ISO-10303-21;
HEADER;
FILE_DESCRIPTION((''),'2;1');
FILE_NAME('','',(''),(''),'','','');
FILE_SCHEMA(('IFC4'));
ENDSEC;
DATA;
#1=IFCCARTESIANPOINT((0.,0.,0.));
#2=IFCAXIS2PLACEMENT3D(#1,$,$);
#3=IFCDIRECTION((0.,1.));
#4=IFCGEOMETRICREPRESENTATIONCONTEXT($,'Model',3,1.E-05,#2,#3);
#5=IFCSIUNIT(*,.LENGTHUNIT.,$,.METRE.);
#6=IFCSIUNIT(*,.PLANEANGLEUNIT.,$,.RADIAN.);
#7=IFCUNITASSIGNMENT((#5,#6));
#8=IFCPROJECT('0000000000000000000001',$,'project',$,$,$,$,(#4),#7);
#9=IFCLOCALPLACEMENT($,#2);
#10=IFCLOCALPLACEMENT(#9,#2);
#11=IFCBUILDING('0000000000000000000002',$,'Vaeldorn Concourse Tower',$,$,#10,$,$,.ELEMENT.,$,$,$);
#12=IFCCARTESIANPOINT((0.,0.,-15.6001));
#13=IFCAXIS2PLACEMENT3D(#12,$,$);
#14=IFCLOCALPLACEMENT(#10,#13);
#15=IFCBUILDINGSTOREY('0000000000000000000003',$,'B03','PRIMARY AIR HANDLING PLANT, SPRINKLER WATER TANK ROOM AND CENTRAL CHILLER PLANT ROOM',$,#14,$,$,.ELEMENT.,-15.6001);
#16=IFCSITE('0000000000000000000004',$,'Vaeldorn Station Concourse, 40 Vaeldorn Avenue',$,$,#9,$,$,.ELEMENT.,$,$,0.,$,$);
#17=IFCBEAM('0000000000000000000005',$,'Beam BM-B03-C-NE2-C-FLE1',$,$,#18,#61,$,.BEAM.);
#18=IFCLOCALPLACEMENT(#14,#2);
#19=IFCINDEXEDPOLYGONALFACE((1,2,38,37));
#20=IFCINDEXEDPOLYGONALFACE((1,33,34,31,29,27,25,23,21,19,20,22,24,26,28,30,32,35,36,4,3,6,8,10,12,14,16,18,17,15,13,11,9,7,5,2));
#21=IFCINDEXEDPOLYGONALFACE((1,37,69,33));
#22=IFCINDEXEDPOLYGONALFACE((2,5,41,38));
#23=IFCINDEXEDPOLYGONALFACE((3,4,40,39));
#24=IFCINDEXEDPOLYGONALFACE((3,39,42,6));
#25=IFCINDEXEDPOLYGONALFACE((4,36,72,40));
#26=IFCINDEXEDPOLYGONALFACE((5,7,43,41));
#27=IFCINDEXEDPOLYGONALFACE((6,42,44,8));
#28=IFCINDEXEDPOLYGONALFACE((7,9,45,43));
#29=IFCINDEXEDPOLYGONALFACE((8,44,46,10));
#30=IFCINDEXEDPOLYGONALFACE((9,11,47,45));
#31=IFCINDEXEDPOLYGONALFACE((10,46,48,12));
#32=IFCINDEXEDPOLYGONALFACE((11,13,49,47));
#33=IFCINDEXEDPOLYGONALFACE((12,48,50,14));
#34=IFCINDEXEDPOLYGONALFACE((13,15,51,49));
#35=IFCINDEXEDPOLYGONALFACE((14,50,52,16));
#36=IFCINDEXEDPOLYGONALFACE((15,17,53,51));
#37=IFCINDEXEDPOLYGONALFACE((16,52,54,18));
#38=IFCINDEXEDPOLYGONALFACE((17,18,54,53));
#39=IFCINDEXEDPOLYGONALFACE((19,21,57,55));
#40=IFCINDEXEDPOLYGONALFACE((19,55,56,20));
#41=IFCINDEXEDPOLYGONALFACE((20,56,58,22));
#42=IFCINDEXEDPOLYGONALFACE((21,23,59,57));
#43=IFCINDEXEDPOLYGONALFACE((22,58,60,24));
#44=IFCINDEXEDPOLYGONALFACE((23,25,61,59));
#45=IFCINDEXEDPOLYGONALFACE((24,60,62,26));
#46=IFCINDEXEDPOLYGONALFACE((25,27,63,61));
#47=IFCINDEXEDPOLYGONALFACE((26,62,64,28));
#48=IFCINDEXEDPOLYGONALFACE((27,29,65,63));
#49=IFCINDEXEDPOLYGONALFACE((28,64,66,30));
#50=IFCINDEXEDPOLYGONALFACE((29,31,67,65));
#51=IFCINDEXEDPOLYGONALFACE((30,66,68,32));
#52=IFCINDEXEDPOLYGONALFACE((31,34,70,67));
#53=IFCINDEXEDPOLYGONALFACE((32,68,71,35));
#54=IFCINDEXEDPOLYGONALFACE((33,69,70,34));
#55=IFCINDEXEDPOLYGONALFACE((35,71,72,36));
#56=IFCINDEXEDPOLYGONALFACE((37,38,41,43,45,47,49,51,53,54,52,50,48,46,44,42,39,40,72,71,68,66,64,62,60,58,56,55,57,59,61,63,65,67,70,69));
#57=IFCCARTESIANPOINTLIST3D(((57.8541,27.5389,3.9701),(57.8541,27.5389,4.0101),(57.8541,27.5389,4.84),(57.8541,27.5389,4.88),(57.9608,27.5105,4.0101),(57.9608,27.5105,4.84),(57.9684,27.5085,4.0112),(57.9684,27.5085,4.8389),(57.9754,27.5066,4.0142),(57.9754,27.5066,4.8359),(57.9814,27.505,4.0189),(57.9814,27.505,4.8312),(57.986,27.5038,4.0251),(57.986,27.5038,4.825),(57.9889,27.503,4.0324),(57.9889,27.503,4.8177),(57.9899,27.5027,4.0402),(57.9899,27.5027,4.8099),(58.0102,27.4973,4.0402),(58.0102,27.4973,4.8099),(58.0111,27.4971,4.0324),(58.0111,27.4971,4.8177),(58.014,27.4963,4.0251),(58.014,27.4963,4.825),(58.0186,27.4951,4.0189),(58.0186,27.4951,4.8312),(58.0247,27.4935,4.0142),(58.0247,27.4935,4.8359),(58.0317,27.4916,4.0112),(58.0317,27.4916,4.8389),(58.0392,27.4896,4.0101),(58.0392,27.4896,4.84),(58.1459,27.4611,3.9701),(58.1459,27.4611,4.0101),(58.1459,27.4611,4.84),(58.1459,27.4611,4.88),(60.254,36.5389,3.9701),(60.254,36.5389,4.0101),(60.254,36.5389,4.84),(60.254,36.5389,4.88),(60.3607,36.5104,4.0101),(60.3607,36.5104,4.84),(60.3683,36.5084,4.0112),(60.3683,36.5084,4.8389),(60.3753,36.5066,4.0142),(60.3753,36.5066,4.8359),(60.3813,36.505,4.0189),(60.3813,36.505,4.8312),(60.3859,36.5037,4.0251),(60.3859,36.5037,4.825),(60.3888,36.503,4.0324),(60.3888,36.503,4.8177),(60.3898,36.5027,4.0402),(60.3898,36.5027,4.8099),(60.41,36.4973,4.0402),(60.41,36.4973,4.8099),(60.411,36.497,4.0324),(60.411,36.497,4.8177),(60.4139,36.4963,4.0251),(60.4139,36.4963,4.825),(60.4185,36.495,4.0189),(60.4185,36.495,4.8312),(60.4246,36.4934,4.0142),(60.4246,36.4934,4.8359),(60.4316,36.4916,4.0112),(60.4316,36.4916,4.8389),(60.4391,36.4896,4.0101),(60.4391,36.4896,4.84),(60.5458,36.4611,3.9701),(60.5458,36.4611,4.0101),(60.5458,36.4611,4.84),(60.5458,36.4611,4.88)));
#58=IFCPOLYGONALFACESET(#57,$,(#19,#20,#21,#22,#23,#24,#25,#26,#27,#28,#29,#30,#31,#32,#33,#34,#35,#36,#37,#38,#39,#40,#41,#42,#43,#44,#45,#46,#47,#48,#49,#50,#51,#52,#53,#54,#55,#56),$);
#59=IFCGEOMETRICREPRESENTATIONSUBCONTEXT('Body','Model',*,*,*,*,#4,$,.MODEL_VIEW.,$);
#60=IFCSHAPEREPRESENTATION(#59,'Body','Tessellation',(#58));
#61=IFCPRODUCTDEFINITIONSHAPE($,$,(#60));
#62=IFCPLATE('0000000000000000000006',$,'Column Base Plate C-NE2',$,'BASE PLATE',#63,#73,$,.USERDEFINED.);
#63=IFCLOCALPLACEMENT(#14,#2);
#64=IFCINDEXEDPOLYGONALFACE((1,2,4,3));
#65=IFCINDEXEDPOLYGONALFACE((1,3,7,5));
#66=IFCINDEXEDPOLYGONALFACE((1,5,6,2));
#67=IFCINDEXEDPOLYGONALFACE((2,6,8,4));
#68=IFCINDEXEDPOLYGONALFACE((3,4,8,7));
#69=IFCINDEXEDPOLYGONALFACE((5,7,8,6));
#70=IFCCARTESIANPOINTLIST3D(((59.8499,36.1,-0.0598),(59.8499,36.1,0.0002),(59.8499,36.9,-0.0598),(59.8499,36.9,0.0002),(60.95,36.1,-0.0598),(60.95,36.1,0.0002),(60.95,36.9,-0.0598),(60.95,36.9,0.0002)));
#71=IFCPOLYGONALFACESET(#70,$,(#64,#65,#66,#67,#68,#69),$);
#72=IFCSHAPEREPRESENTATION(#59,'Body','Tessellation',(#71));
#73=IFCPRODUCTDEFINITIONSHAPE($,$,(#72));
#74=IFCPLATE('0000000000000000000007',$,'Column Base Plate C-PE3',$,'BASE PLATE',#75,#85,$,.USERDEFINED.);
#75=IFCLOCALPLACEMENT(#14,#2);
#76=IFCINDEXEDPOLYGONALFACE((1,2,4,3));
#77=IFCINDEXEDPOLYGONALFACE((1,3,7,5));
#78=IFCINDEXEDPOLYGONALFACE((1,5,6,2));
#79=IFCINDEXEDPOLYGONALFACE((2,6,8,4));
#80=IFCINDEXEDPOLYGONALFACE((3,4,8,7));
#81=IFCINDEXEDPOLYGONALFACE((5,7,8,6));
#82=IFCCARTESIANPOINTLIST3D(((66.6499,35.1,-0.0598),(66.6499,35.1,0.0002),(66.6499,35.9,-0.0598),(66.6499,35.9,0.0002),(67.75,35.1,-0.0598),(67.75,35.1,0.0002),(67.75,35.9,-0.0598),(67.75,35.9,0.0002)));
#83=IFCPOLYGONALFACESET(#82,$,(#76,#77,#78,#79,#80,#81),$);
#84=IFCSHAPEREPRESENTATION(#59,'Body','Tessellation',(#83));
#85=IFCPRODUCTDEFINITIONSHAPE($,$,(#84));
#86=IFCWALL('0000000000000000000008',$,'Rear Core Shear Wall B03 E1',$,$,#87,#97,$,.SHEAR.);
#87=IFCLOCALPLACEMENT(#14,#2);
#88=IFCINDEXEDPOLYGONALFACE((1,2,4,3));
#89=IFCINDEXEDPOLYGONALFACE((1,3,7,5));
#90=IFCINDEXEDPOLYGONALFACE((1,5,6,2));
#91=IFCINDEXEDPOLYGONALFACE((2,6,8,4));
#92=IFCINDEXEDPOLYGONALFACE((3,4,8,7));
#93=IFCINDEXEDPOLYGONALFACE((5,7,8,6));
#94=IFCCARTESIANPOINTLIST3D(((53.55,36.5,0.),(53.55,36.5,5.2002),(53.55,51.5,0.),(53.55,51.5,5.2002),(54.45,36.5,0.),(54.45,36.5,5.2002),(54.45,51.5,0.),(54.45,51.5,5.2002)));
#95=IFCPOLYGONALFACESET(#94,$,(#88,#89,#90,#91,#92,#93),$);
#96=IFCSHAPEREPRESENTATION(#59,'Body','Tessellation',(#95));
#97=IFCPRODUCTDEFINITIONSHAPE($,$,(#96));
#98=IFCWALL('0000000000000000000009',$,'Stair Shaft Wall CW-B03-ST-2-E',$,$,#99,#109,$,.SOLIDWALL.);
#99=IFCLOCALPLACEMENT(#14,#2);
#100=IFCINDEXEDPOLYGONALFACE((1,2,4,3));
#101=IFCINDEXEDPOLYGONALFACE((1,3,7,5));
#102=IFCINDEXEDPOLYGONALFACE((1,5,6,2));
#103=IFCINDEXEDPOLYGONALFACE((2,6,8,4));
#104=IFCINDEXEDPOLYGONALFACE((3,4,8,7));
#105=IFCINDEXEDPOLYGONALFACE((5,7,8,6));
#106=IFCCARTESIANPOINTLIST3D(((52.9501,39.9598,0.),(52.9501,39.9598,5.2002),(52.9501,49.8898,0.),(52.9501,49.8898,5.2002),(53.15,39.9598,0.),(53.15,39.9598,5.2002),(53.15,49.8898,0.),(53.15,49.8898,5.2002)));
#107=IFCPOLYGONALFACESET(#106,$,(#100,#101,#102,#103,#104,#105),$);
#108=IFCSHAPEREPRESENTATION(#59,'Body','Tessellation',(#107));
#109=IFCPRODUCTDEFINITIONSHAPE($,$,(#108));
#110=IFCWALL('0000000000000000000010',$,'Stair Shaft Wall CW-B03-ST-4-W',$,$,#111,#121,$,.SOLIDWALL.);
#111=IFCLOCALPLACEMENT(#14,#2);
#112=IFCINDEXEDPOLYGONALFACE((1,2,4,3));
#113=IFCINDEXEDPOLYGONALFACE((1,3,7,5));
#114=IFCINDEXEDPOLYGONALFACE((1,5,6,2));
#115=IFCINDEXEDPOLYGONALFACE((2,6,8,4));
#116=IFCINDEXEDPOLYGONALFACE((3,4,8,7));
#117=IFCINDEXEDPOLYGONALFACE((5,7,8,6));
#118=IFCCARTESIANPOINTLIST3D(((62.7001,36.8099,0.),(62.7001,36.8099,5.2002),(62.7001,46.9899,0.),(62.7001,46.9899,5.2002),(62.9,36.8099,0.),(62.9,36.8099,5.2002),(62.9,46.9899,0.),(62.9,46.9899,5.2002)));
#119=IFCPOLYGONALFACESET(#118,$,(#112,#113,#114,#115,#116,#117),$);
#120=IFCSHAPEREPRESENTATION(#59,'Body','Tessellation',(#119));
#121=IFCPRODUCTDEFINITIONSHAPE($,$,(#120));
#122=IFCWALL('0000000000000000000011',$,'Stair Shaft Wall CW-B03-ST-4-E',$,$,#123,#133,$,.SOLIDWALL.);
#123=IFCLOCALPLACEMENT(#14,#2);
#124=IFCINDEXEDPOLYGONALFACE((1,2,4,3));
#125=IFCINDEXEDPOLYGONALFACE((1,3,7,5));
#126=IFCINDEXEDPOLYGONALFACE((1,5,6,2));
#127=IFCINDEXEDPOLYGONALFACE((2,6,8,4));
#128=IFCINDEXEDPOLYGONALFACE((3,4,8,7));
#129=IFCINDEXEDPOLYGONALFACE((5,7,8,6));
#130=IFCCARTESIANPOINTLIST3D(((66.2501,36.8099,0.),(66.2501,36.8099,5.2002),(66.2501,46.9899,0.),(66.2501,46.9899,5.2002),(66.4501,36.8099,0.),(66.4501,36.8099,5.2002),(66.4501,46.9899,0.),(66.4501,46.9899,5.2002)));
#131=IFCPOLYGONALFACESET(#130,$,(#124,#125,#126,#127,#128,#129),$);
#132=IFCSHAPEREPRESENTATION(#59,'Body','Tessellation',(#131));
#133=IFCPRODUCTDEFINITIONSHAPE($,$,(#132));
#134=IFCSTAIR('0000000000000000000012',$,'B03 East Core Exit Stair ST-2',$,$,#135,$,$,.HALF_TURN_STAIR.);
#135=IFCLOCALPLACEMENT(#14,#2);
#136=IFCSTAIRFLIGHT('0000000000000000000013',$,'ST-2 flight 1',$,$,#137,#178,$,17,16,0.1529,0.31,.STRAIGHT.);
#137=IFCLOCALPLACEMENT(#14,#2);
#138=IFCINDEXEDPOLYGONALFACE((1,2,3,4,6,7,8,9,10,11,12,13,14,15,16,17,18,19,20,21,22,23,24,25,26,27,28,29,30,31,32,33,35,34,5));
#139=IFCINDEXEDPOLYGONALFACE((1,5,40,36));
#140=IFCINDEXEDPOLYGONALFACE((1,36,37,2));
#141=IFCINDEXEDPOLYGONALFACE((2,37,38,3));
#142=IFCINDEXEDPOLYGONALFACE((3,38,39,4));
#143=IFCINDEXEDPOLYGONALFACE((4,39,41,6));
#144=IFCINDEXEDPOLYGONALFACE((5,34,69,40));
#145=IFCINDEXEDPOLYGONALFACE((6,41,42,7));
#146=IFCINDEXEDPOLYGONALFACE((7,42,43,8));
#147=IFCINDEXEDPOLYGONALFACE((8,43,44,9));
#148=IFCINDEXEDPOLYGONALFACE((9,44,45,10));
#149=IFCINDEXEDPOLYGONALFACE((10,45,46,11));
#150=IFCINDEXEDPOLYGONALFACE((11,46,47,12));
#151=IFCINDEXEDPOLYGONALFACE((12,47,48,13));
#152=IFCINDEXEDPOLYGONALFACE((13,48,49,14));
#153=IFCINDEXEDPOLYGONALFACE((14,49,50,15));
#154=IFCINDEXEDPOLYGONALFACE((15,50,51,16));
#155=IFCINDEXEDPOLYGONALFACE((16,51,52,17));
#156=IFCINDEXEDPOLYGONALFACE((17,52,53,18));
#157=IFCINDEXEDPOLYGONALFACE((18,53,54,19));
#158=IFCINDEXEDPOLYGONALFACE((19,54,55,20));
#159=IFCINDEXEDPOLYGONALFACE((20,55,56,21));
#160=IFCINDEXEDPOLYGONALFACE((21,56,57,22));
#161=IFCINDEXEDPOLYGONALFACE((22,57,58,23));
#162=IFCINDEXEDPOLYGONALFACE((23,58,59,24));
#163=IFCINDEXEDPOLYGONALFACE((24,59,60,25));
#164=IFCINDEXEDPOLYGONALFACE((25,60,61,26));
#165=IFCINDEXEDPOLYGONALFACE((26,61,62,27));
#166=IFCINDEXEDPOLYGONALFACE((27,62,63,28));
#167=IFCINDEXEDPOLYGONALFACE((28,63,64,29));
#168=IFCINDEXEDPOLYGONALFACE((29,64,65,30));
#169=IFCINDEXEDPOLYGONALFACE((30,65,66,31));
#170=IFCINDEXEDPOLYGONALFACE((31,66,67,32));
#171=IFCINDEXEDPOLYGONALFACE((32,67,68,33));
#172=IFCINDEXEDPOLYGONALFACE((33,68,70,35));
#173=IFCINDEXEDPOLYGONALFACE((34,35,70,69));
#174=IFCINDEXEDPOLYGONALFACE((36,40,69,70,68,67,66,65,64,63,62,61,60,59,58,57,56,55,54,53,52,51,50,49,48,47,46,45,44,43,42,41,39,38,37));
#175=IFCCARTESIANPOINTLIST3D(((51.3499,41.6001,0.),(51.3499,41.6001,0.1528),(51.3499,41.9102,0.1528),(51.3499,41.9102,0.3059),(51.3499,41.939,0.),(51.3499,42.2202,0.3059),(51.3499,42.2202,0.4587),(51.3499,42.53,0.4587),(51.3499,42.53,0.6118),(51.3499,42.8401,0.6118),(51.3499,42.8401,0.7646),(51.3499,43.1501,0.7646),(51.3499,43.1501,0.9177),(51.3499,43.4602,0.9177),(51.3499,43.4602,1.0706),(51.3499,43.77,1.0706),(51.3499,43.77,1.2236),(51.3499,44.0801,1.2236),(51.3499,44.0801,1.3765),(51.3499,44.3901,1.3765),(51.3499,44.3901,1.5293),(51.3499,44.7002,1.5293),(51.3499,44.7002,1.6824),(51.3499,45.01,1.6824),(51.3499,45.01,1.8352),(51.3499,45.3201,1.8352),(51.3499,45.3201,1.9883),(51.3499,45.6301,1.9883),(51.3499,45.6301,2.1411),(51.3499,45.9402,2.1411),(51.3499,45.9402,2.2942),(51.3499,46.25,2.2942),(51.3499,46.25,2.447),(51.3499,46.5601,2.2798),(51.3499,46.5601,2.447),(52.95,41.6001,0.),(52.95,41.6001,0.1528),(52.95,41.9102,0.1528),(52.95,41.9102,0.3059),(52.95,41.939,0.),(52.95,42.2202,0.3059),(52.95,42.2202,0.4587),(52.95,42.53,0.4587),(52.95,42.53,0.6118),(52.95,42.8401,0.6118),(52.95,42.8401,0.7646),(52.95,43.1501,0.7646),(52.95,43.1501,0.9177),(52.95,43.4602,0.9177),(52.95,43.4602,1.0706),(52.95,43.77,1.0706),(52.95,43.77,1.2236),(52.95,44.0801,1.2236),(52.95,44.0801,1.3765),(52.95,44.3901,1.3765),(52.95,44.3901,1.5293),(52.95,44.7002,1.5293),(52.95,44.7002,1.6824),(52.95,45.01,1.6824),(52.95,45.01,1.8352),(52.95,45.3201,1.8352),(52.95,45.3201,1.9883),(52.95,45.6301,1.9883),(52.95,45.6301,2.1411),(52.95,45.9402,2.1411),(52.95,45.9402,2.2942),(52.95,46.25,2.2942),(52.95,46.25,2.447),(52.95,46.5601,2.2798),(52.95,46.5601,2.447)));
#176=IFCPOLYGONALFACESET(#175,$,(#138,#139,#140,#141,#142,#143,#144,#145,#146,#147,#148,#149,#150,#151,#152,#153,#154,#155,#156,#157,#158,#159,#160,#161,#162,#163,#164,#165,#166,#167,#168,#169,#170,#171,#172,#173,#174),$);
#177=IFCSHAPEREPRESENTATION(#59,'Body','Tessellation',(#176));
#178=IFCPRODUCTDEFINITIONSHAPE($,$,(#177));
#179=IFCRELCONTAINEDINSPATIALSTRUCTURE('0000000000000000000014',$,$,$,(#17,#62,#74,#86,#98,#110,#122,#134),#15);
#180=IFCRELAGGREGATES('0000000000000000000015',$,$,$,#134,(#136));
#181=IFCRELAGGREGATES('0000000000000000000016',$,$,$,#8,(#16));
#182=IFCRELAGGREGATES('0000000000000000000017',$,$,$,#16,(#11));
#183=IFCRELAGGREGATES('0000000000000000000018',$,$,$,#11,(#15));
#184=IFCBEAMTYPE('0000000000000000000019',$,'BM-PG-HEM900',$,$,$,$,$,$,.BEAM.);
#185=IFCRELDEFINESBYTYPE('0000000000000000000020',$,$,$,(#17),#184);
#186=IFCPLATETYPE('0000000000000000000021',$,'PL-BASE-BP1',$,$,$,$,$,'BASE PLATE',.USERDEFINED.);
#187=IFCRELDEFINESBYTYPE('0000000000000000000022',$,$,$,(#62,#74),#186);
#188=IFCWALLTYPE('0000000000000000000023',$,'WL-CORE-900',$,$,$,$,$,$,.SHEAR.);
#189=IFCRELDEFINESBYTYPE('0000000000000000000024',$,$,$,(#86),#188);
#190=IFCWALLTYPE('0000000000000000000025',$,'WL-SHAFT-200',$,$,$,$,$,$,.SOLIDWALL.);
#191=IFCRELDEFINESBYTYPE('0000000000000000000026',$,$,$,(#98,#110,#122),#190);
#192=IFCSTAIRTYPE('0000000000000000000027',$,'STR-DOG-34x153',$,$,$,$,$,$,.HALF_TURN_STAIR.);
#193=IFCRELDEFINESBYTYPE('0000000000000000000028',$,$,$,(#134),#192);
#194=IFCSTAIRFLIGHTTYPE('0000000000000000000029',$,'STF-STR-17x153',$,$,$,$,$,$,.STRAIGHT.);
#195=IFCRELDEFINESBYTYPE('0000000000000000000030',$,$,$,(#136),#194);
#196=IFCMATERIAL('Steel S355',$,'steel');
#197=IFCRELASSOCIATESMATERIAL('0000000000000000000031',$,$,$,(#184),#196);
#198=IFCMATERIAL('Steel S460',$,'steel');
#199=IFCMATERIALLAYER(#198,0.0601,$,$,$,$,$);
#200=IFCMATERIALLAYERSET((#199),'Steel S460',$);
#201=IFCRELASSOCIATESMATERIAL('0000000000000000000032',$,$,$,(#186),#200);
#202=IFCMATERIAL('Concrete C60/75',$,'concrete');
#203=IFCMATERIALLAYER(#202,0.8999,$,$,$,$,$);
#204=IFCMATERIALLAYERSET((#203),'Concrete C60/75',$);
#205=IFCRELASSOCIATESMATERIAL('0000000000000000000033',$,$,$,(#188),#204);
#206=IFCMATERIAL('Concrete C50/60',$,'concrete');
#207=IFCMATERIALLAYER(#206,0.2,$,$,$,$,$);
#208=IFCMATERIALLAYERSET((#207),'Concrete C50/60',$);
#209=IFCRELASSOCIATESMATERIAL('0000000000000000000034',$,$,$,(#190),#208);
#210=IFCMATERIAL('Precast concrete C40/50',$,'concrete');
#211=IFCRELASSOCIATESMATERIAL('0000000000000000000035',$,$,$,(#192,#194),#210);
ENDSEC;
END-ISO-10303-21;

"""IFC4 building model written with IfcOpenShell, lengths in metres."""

from ifc_helpers import new_model, si_unit, direction, frame, frame_2d, origin, origin_2d, place, context, subcontext, project, spatial, polyline, rectangle, i_section, outline, extrude, source, transform, mapped, material, layer, layer_set, material_profile, profile_set, type_object, element, aggregate, save


model = new_model("IFC4")

# Units and contexts
model_context = context("Model", 3, precision=1e-05, world=origin(), true_north=direction((0.0, 1.0)))
body_context = subcontext(model_context, "Body", "Model", "MODEL_VIEW")
ifc_project = project(units=[si_unit("LENGTHUNIT", "METRE"), si_unit("PLANEANGLEUNIT", "RADIAN")], contexts=[model_context])

# Site, building, storey
site_placement = place(None, origin())
site = spatial("IfcSite", under=ifc_project, at=site_placement, Name="Vaeldorn Station Concourse, 40 Vaeldorn Avenue", CompositionType="ELEMENT", RefElevation=0.0)
building_placement = place(site_placement, origin())
building = spatial("IfcBuilding", under=site, at=building_placement, Name="Vaeldorn Concourse Tower", CompositionType="ELEMENT")
storey_placement = place(building_placement, frame((0.0, 0.0, -15.6001)))
storey = spatial("IfcBuildingStorey", under=building, at=storey_placement, Name="B03", Description="PRIMARY AIR HANDLING PLANT, SPRINKLER WATER TANK ROOM AND CENTRAL CHILLER PLANT ROOM", CompositionType="ELEMENT", Elevation=-15.6001)

# Shared definitions
ifc_material_1 = material(Name="Concrete C50/60", Category="concrete")

# Shared definitions
ifc_material_2 = material(Name="Concrete C60/75", Category="concrete")
ifc_material_3 = material(Name="Steel S460", Category="steel")

# Beam
ifc_material_4 = material(Name="Steel S355", Category="steel")
ifc_material_profile_1 = material_profile(ifc_material_4, i_section(OverallWidth=0.302, OverallDepth=0.9099, WebThickness=0.021, FlangeThickness=0.04, FilletRadius=0.03, at=origin_2d()), Name="HEM 900")
ifc_profile_set_1 = profile_set([ifc_material_profile_1], Name="Steel S355")
beam_type = type_object("IfcBeamType", Name="BM-PG-HEM900", PredefinedType="BEAM", material=ifc_profile_set_1)
shared_shape_1 = source(origin(), body_context, "Body", "SweptSolid", [
    extrude(i_section(OverallWidth=0.302, OverallDepth=0.9099, WebThickness=0.021, FlangeThickness=0.04, FilletRadius=0.03, at=origin_2d()), origin(), (0.0, 0.0, 1.0), 9.3145),
])
beam_1_placement = place(storey_placement, frame((60.3999, 36.5, 4.425), z_axis=(-0.257653, -0.966238, 0.0), x_axis=(0.966238, -0.257653, 0.0)))
element("IfcBeam", 1, at=beam_1_placement, inside=storey, type_object=beam_type, Name="Beam BM-B03-C-NE2-C-FLE1", PredefinedType="BEAM", context=body_context, shape_type="MappedRepresentation", body=[
    mapped(shared_shape_1, transform((0.0, 0.0, 0.0), scale=1.0)),
])

# Plates
ifc_layer_1 = layer(ifc_material_3, 0.0601)
ifc_layer_set_1 = layer_set([ifc_layer_1], Name="Steel S460")
plate_type = type_object("IfcPlateType", Name="PL-BASE-BP1", ElementType="BASE PLATE", PredefinedType="USERDEFINED", material=ifc_layer_set_1)
shared_shape_2 = source(origin(), body_context, "Body", "SweptSolid", [
    extrude(rectangle(XDim=1.1001, YDim=0.8, at=origin_2d()), origin(), (0.0, 0.0, 1.0), 0.0601),
])
for number, where, z_axis, x_axis, name in (
    (2, (60.3999, 36.5, -0.0598), (0.0, 0.0, 1.0), (1.0, 0.0, 0.0), "Column Base Plate C-NE2"),
    (3, (67.2, 35.5, -0.0598), (0.0, 0.0, 1.0), (1.0, 0.0, 0.0), "Column Base Plate C-PE3"),
):
    element("IfcPlate", number, at=place(storey_placement, frame(where, z_axis=z_axis, x_axis=x_axis)), inside=storey, type_object=plate_type, Name=name, ObjectType="BASE PLATE", PredefinedType="USERDEFINED", context=body_context, shape_type="MappedRepresentation", body=[
        mapped(shared_shape_2, transform((0.0, 0.0, 0.0), scale=1.0)),
    ])

# Walls
ifc_layer_2 = layer(ifc_material_2, 0.8999)
ifc_layer_set_2 = layer_set([ifc_layer_2], Name="Concrete C60/75")
wall_type_1 = type_object("IfcWallType", Name="WL-CORE-900", PredefinedType="SHEAR", material=ifc_layer_set_2)
wall_1_placement = place(storey_placement, frame((54.0, 36.5, 0.0), z_axis=(0.0, 0.0, 1.0), x_axis=(0.0, 1.0, 0.0)))
element("IfcWall", 4, at=wall_1_placement, inside=storey, type_object=wall_type_1, Name="Rear Core Shear Wall B03 E1", PredefinedType="SHEAR", context=body_context, shape_type="SweptSolid", body=[
    extrude(rectangle(XDim=15.0, YDim=0.8999, at=frame_2d((7.5, 0.0))), origin(), (0.0, 0.0, 1.0), 5.2002),
])
ifc_layer_3 = layer(ifc_material_1, 0.2)
ifc_layer_set_3 = layer_set([ifc_layer_3], Name="Concrete C50/60")
wall_type_2 = type_object("IfcWallType", Name="WL-SHAFT-200", PredefinedType="SOLIDWALL", material=ifc_layer_set_3)
wall_2_placement = place(storey_placement, frame((53.05, 39.96, 0.0), z_axis=(0.0, 0.0, 1.0), x_axis=(0.0, 1.0, 0.0)))
element("IfcWall", 5, at=wall_2_placement, inside=storey, type_object=wall_type_2, Name="Stair Shaft Wall CW-B03-ST-2-E", PredefinedType="SOLIDWALL", context=body_context, shape_type="SweptSolid", body=[
    extrude(rectangle(XDim=9.9299, YDim=0.2, at=frame_2d((4.9648, 0.0))), origin(), (0.0, 0.0, 1.0), 5.2002),
])

# Walls
for number, where, z_axis, x_axis, name in (
    (6, (62.8, 36.8101, 0.0), (0.0, 0.0, 1.0), (0.0, 1.0, 0.0), "Stair Shaft Wall CW-B03-ST-4-W"),
    (7, (66.3501, 36.8101, 0.0), (0.0, 0.0, 1.0), (0.0, 1.0, 0.0), "Stair Shaft Wall CW-B03-ST-4-E"),
):
    element("IfcWall", number, at=place(storey_placement, frame(where, z_axis=z_axis, x_axis=x_axis)), inside=storey, type_object=wall_type_2, Name=name, PredefinedType="SOLIDWALL", context=body_context, shape_type="SweptSolid", body=[
        extrude(rectangle(XDim=10.1799, YDim=0.2, at=frame_2d((5.0898, 0.0))), origin(), (0.0, 0.0, 1.0), 5.2002),
    ])

# Stair, stair flight
ifc_material_5 = material(Name="Precast concrete C40/50", Category="concrete")
stair_type = type_object("IfcStairType", Name="STR-DOG-34x153", PredefinedType="HALF_TURN_STAIR", material=ifc_material_5)
stair_1_placement = place(storey_placement, origin())
stair_1 = element("IfcStair", 8, at=stair_1_placement, inside=storey, type_object=stair_type, Name="B03 East Core Exit Stair ST-2", PredefinedType="HALF_TURN_STAIR")
stair_flight_type = type_object("IfcStairFlightType", Name="STF-STR-17x153", PredefinedType="STRAIGHT", material=ifc_material_5)
stair_flight_1_placement = place(storey_placement, frame((52.1499, 41.6001, 0.0), z_axis=(0.0, 0.0, 1.0), x_axis=(0.0, 1.0, 0.0)))
stair_flight_1 = element("IfcStairFlight", 9, at=stair_flight_1_placement, type_object=stair_flight_type, Name="ST-2 flight 1", NumberOfRisers=17, NumberOfTreads=16, PredefinedType="STRAIGHT", RiserHeight=0.1529, TreadLength=0.31, context=body_context, shape_type="SweptSolid", body=[
    extrude(outline(polyline([(0.0, 0.0), (0.0, 0.1528), (0.3101, 0.1528), (0.3101, 0.3059), (0.6201, 0.3059), (0.6201, 0.4587), (0.9299, 0.4587), (0.9299, 0.6118), (1.24, 0.6118), (1.24, 0.7646), (1.55, 0.7646), (1.55, 0.9177), (1.8601, 0.9177), (1.8601, 1.0706), (2.1699, 1.0706), (2.1699, 1.2236), (2.48, 1.2236), (2.48, 1.3765), (2.79, 1.3765), (2.79, 1.5293), (3.1001, 1.5293), (3.1001, 1.6824), (3.4099, 1.6824), (3.4099, 1.8352), (3.72, 1.8352), (3.72, 1.9883), (4.03, 1.9883), (4.03, 2.1411), (4.3401, 2.1411), (4.3401, 2.2942), (4.6499, 2.2942), (4.6499, 2.447), (4.96, 2.447), (4.96, 2.6001), (4.96, 2.2798), (0.3389, 0.0), (0.0, 0.0)])), frame((0.0, 0.8, 0.0), z_axis=(0.0, -1.0, 0.0), x_axis=(1.0, 0.0, 0.0)), (0.0, 0.0, 1.0), 1.6001),
])
aggregate(stair_1, [stair_flight_1])

save(model, "model.ifc")
